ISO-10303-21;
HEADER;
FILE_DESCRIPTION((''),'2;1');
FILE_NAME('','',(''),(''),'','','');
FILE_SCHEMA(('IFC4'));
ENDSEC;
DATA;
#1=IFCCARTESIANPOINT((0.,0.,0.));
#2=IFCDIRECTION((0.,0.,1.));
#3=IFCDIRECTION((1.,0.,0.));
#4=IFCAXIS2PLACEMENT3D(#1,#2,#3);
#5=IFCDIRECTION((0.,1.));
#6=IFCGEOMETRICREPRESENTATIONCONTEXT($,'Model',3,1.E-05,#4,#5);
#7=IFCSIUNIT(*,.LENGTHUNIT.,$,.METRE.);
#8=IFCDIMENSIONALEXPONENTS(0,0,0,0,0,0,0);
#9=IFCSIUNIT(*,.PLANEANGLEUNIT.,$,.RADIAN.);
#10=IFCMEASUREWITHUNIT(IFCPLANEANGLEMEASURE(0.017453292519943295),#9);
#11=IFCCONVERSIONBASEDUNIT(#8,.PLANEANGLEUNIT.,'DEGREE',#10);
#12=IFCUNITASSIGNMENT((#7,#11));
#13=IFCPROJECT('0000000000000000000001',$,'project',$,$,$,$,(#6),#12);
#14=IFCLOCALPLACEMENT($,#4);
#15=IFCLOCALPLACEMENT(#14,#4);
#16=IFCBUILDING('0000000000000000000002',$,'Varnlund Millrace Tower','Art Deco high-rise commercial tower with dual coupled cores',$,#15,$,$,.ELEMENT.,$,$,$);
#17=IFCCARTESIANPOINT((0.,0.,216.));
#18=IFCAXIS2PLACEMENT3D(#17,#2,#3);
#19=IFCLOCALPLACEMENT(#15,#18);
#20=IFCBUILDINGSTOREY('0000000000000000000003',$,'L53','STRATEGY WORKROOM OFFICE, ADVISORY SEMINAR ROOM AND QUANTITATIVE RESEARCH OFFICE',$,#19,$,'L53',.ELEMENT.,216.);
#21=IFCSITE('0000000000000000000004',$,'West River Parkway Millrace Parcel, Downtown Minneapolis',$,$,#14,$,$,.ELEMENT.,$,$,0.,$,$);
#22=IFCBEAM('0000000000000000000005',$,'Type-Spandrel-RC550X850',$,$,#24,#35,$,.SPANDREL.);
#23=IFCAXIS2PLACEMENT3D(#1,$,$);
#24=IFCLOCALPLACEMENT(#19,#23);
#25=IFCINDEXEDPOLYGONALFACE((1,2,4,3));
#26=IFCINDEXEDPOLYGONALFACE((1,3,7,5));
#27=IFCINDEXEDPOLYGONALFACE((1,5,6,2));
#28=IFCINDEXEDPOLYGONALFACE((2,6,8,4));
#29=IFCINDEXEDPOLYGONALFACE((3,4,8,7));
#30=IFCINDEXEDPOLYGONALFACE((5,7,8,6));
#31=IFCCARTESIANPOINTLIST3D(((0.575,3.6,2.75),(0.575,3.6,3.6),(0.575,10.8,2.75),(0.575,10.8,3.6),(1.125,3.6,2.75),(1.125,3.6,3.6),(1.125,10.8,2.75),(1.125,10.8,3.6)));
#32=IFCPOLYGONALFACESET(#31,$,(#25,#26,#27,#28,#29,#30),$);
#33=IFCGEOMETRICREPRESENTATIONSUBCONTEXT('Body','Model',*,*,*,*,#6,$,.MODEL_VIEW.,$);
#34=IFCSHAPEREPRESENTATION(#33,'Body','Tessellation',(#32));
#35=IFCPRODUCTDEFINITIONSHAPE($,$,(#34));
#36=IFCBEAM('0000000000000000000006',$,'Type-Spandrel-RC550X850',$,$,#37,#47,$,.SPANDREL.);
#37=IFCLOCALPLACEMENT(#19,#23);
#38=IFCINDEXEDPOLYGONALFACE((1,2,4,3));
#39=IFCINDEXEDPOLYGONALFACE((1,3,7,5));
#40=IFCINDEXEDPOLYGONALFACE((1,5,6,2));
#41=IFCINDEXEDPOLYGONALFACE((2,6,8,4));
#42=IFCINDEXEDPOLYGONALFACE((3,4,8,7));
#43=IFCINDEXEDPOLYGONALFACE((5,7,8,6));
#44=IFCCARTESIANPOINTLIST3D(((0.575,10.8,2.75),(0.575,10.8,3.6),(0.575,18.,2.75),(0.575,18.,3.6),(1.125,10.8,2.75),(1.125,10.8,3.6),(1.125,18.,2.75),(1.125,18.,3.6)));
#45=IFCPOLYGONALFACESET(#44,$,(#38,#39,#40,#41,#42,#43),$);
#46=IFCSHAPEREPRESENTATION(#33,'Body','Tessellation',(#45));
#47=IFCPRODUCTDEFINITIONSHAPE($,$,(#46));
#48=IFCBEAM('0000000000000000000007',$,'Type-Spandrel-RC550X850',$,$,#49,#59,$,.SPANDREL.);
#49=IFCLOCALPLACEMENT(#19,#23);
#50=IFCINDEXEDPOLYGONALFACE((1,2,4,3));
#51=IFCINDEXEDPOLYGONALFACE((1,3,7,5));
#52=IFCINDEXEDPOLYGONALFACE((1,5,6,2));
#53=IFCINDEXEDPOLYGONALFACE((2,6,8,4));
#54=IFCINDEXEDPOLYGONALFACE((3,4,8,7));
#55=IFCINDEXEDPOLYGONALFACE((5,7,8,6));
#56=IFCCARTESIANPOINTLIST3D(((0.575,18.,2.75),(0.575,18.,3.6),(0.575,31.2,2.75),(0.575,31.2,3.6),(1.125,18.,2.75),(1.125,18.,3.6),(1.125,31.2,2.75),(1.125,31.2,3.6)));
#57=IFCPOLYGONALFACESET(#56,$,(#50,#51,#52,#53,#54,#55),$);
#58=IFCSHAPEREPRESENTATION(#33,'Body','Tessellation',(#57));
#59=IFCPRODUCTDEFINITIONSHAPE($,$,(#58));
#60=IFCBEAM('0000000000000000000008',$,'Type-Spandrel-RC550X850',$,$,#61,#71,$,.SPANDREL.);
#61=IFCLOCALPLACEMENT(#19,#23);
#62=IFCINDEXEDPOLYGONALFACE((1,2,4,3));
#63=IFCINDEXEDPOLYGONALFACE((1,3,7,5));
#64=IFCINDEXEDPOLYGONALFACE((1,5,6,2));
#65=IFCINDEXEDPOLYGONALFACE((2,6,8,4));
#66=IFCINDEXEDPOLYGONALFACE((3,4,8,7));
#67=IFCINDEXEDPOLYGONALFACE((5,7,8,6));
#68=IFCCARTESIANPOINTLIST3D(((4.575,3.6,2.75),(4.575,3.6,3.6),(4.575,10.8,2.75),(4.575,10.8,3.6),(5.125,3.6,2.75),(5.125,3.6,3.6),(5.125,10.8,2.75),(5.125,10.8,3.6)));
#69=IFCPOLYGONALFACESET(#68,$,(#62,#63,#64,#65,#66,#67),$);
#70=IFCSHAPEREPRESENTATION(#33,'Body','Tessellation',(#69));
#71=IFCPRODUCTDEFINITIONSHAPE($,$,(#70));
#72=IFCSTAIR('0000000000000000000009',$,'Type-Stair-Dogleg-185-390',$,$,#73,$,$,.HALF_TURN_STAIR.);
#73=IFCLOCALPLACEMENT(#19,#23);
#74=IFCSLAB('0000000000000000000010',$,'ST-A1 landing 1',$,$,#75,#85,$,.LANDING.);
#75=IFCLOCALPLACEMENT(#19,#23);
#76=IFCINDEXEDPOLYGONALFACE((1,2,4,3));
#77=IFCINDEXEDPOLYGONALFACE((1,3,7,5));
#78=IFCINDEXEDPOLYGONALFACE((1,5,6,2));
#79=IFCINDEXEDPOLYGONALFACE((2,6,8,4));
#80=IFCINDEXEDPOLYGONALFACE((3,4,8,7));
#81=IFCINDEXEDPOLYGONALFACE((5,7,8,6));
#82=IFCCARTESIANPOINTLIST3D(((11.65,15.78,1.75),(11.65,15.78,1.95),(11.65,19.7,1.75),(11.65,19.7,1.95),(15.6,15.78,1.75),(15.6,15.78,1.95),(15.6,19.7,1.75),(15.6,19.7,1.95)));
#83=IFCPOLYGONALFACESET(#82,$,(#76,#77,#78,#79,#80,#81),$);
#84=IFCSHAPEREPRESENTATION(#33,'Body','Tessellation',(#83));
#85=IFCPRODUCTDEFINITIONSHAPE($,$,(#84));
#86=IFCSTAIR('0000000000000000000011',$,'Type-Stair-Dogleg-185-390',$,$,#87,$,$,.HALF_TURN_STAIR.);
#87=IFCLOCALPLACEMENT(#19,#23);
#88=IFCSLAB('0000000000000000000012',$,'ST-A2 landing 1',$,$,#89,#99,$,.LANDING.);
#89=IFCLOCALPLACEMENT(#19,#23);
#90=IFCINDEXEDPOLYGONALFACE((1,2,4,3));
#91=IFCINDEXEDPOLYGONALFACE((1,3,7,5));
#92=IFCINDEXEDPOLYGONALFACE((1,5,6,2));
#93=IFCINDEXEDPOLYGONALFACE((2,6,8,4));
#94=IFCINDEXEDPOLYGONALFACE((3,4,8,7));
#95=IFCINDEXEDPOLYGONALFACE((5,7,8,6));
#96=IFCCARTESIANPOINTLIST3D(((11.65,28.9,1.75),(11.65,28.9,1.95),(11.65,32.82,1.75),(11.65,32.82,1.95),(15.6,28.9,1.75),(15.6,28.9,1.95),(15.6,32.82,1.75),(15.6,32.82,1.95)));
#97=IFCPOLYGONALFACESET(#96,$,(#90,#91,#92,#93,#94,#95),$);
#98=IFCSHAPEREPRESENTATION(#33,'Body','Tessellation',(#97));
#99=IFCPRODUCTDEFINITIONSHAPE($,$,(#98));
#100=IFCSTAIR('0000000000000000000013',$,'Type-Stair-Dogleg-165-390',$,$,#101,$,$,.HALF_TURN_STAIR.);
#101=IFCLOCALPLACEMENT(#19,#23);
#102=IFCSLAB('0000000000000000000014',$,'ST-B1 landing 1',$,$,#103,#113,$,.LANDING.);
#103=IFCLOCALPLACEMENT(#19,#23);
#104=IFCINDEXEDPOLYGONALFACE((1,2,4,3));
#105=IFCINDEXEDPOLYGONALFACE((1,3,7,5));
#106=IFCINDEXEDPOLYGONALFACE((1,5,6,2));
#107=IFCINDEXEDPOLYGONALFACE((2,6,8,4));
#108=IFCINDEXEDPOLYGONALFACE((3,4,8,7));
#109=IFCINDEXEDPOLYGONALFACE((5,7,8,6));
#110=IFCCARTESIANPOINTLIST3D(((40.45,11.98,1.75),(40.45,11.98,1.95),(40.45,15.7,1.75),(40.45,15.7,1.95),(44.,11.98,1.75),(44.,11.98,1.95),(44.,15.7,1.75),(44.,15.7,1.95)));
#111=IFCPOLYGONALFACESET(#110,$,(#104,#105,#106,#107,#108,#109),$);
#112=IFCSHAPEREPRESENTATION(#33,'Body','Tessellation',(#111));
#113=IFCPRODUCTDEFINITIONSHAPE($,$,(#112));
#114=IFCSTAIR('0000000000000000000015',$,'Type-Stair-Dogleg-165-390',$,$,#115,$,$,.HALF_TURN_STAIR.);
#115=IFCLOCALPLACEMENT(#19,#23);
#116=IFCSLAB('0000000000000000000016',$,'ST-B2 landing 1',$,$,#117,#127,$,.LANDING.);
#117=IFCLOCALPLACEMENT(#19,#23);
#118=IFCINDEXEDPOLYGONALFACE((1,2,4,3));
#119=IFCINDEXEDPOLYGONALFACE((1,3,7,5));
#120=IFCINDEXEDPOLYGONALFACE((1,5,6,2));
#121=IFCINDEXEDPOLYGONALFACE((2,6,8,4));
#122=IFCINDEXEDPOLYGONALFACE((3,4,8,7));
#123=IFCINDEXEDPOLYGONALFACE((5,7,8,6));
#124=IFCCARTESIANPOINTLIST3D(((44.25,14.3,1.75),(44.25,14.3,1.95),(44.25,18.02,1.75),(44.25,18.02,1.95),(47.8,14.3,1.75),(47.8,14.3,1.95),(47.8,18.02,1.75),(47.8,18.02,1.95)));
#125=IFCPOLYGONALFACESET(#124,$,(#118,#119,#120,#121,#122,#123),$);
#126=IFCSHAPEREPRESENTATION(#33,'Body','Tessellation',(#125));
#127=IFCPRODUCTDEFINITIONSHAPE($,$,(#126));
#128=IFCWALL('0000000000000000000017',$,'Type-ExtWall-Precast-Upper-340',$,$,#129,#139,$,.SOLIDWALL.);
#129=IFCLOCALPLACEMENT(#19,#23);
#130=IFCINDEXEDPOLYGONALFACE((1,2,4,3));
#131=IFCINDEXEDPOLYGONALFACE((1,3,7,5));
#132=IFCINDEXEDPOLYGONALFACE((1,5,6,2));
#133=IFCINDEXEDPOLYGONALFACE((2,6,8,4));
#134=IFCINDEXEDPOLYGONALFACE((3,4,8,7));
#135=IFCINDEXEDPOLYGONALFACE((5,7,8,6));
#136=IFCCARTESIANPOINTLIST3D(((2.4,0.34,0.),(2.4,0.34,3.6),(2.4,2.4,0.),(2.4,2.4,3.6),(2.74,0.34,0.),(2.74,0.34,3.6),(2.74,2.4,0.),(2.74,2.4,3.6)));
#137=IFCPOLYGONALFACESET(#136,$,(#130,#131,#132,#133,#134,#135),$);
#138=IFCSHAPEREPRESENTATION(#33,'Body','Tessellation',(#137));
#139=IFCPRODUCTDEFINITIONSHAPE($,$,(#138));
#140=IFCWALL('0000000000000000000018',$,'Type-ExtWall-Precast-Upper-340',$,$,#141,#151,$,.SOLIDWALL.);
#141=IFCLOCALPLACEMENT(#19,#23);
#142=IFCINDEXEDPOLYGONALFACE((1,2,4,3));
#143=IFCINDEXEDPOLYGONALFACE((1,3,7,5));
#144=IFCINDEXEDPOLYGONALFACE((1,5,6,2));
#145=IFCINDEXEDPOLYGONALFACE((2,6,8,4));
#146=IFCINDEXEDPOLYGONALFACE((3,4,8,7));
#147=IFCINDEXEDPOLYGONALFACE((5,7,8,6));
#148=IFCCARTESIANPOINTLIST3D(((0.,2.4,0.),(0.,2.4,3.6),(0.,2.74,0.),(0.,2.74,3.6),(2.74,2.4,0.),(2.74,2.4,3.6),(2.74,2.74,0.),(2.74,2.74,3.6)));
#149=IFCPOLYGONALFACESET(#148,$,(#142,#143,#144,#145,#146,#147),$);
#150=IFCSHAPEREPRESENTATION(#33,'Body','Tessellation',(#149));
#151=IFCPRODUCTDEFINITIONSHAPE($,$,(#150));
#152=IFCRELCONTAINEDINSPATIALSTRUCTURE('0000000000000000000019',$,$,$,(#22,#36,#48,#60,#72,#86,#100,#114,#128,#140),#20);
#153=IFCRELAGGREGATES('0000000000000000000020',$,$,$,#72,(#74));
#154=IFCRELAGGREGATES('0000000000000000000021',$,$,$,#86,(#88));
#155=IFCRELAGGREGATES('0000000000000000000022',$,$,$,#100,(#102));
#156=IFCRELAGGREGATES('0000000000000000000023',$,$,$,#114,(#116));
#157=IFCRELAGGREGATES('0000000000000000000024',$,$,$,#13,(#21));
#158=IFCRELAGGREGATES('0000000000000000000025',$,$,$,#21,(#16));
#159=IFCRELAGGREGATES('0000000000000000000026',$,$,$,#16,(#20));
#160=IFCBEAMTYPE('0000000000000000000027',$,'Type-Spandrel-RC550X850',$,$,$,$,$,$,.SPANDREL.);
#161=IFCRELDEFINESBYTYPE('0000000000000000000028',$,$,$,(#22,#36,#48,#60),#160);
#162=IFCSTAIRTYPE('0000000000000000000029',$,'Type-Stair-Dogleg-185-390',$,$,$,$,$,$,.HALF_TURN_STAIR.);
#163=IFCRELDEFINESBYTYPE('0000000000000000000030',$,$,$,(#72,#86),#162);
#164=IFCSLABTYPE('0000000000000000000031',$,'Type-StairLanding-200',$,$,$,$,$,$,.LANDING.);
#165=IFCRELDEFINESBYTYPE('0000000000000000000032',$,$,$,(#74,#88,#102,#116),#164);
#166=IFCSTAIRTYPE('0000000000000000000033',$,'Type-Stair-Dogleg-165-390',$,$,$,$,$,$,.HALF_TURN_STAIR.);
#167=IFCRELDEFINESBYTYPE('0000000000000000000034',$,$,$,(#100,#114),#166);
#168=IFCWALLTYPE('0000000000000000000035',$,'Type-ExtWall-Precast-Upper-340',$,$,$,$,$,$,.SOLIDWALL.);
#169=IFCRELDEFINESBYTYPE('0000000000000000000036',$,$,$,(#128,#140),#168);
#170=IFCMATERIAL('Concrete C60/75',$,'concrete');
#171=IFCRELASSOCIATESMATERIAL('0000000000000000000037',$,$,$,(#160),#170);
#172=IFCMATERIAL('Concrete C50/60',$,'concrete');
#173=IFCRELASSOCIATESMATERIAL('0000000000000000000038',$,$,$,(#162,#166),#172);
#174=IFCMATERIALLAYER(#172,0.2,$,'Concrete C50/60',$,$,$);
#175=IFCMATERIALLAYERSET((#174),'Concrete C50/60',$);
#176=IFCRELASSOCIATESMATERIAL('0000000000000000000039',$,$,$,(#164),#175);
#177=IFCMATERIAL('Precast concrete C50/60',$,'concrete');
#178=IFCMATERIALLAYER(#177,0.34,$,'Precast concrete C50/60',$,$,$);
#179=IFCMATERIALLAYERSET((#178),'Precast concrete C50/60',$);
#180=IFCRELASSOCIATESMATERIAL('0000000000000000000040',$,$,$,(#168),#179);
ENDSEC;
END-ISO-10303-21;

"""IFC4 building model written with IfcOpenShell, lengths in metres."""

from ifc_helpers import new_model, entity, si_unit, converted_unit, direction, frame, origin_with_axes, origin_2d_with_axis, place, context, subcontext, project, spatial, polyline, rectangle, outline, extrude, material, layer, layer_set, material_profile, profile_set, type_object, element, aggregate, save


model = new_model("IFC4")

# Units and contexts
model_context = context("Model", 3, precision=1e-05, world=origin_with_axes(), true_north=direction((0.0, 1.0)))
body_context = subcontext(model_context, "Body", "Model", "MODEL_VIEW")
ifc_project = project(units=[si_unit("LENGTHUNIT", "METRE"), converted_unit("PLANEANGLEUNIT", "DEGREE", entity("IfcPlaneAngleMeasure", 0.017453292519943295), si_unit("PLANEANGLEUNIT", "RADIAN"), dimensions=[0, 0, 0, 0, 0, 0, 0])], contexts=[model_context])

# Site, building, storey
site_placement = place(None, origin_with_axes())
site = spatial("IfcSite", under=ifc_project, at=site_placement, Name="West River Parkway Millrace Parcel, Downtown Minneapolis", CompositionType="ELEMENT", RefElevation=0.0)
building_placement = place(site_placement, origin_with_axes())
building = spatial("IfcBuilding", under=site, at=building_placement, Name="Varnlund Millrace Tower", Description="Art Deco high-rise commercial tower with dual coupled cores", CompositionType="ELEMENT")
storey_placement = place(building_placement, frame((0.0, 0.0, 216.0), z_axis=(0.0, 0.0, 1.0), x_axis=(1.0, 0.0, 0.0)))
storey = spatial("IfcBuildingStorey", under=building, at=storey_placement, Name="L53", Description="STRATEGY WORKROOM OFFICE, ADVISORY SEMINAR ROOM AND QUANTITATIVE RESEARCH OFFICE", LongName="L53", CompositionType="ELEMENT", Elevation=216.0)

# Beams
ifc_material_1 = material(Name="Concrete C60/75", Category="concrete")
ifc_material_profile_1 = material_profile(ifc_material_1, rectangle(XDim=0.55, YDim=0.85, at=origin_2d_with_axis()), Name="Concrete C60/75")
ifc_profile_set_1 = profile_set([ifc_material_profile_1], Name="Concrete C60/75")
beam_type_1 = type_object("IfcBeamType", Name="Type-Spandrel-RC550X850", PredefinedType="SPANDREL", material=ifc_profile_set_1)
for number, where, z_axis, x_axis, name in (
    (1, (0.85, 3.6, 3.175), (0.0, 1.0, 0.0), (-1.0, 0.0, 0.0), "Type-Spandrel-RC550X850"),
    (2, (0.85, 10.8, 3.175), (0.0, 1.0, 0.0), (-1.0, 0.0, 0.0), "Type-Spandrel-RC550X850"),
):
    element("IfcBeam", number, at=place(storey_placement, frame(where, z_axis=z_axis, x_axis=x_axis)), inside=storey, type_object=beam_type_1, Name=name, PredefinedType="SPANDREL", context=body_context, shape_type="SweptSolid", body=[
        extrude(rectangle(XDim=0.55, YDim=0.85, at=origin_2d_with_axis()), origin_with_axes(), (0.0, 0.0, 1.0), 7.2),
    ])
beam_1_placement = place(storey_placement, frame((0.85, 18.0, 3.175), z_axis=(0.0, 1.0, 0.0), x_axis=(-1.0, 0.0, 0.0)))
element("IfcBeam", 3, at=beam_1_placement, inside=storey, type_object=beam_type_1, Name="Type-Spandrel-RC550X850", PredefinedType="SPANDREL", context=body_context, shape_type="SweptSolid", body=[
    extrude(rectangle(XDim=0.55, YDim=0.85, at=origin_2d_with_axis()), origin_with_axes(), (0.0, 0.0, 1.0), 13.2),
])
beam_2_placement = place(storey_placement, frame((4.85, 3.6, 3.175), z_axis=(0.0, 1.0, 0.0), x_axis=(-1.0, 0.0, 0.0)))
element("IfcBeam", 4, at=beam_2_placement, inside=storey, type_object=beam_type_1, Name="Type-Spandrel-RC550X850", PredefinedType="SPANDREL", context=body_context, shape_type="SweptSolid", body=[
    extrude(rectangle(XDim=0.55, YDim=0.85, at=origin_2d_with_axis()), origin_with_axes(), (0.0, 0.0, 1.0), 7.2),
])

# Stairs, slabs
ifc_material_2 = material(Name="Concrete C50/60", Category="concrete")
stair_type_1 = type_object("IfcStairType", Name="Type-Stair-Dogleg-185-390", PredefinedType="HALF_TURN_STAIR", material=ifc_material_2)
stair_1_placement = place(storey_placement, origin_with_axes())
stair_1 = element("IfcStair", 5, at=stair_1_placement, inside=storey, type_object=stair_type_1, Name="Type-Stair-Dogleg-185-390", PredefinedType="HALF_TURN_STAIR")
ifc_layer_1 = layer(ifc_material_2, 0.2, Name="Concrete C50/60")
ifc_layer_set_1 = layer_set([ifc_layer_1], Name="Concrete C50/60")
slab_type = type_object("IfcSlabType", Name="Type-StairLanding-200", PredefinedType="LANDING", material=ifc_layer_set_1)
slab_1_placement = place(storey_placement, frame((0.0, 0.0, 1.75), z_axis=(0.0, 0.0, 1.0), x_axis=(1.0, 0.0, 0.0)))
slab_1 = element("IfcSlab", 6, at=slab_1_placement, type_object=slab_type, Name="ST-A1 landing 1", PredefinedType="LANDING", context=body_context, shape_type="SweptSolid", body=[
    extrude(outline(polyline([(15.6, 15.78), (15.6, 19.7), (11.65, 19.7), (11.65, 15.78), (15.6, 15.78)])), origin_with_axes(), (0.0, 0.0, 1.0), 0.2),
])
aggregate(stair_1, [slab_1])
stair_2_placement = place(storey_placement, origin_with_axes())
stair_2 = element("IfcStair", 7, at=stair_2_placement, inside=storey, type_object=stair_type_1, Name="Type-Stair-Dogleg-185-390", PredefinedType="HALF_TURN_STAIR")
slab_2_placement = place(storey_placement, frame((0.0, 0.0, 1.75), z_axis=(0.0, 0.0, 1.0), x_axis=(1.0, 0.0, 0.0)))
slab_2 = element("IfcSlab", 8, at=slab_2_placement, type_object=slab_type, Name="ST-A2 landing 1", PredefinedType="LANDING", context=body_context, shape_type="SweptSolid", body=[
    extrude(outline(polyline([(11.65, 32.82), (11.65, 28.9), (15.6, 28.9), (15.6, 32.82), (11.65, 32.82)])), origin_with_axes(), (0.0, 0.0, 1.0), 0.2),
])
aggregate(stair_2, [slab_2])
stair_type_2 = type_object("IfcStairType", Name="Type-Stair-Dogleg-165-390", PredefinedType="HALF_TURN_STAIR", material=ifc_material_2)
stair_3_placement = place(storey_placement, origin_with_axes())
stair_3 = element("IfcStair", 9, at=stair_3_placement, inside=storey, type_object=stair_type_2, Name="Type-Stair-Dogleg-165-390", PredefinedType="HALF_TURN_STAIR")
slab_3_placement = place(storey_placement, frame((0.0, 0.0, 1.75), z_axis=(0.0, 0.0, 1.0), x_axis=(1.0, 0.0, 0.0)))
slab_3 = element("IfcSlab", 10, at=slab_3_placement, type_object=slab_type, Name="ST-B1 landing 1", PredefinedType="LANDING", context=body_context, shape_type="SweptSolid", body=[
    extrude(outline(polyline([(44.0, 11.98), (44.0, 15.7), (40.45, 15.7), (40.45, 11.98), (44.0, 11.98)])), origin_with_axes(), (0.0, 0.0, 1.0), 0.2),
])
aggregate(stair_3, [slab_3])
stair_4_placement = place(storey_placement, origin_with_axes())
stair_4 = element("IfcStair", 11, at=stair_4_placement, inside=storey, type_object=stair_type_2, Name="Type-Stair-Dogleg-165-390", PredefinedType="HALF_TURN_STAIR")
slab_4_placement = place(storey_placement, frame((0.0, 0.0, 1.75), z_axis=(0.0, 0.0, 1.0), x_axis=(1.0, 0.0, 0.0)))
slab_4 = element("IfcSlab", 12, at=slab_4_placement, type_object=slab_type, Name="ST-B2 landing 1", PredefinedType="LANDING", context=body_context, shape_type="SweptSolid", body=[
    extrude(outline(polyline([(44.25, 18.02), (44.25, 14.3), (47.8, 14.3), (47.8, 18.02), (44.25, 18.02)])), origin_with_axes(), (0.0, 0.0, 1.0), 0.2),
])
aggregate(stair_4, [slab_4])

# Walls
ifc_material_3 = material(Name="Precast concrete C50/60", Category="concrete")
ifc_layer_2 = layer(ifc_material_3, 0.34, Name="Precast concrete C50/60")
ifc_layer_set_2 = layer_set([ifc_layer_2], Name="Precast concrete C50/60")
wall_type = type_object("IfcWallType", Name="Type-ExtWall-Precast-Upper-340", PredefinedType="SOLIDWALL", material=ifc_layer_set_2)
wall_1_placement = place(storey_placement, frame((2.57, 0.34, 0.0), z_axis=(0.0, 0.0, 1.0), x_axis=(0.0, 1.0, 0.0)))
element("IfcWall", 13, at=wall_1_placement, inside=storey, type_object=wall_type, Name="Type-ExtWall-Precast-Upper-340", PredefinedType="SOLIDWALL", context=body_context, shape_type="SweptSolid", body=[
    extrude(outline(polyline([(0.0, -0.17), (2.06, -0.17), (2.06, 0.17), (0.0, 0.17), (0.0, -0.17)])), origin_with_axes(), (0.0, 0.0, 1.0), 3.6),
])
wall_2_placement = place(storey_placement, frame((2.74, 2.57, 0.0), z_axis=(0.0, 0.0, 1.0), x_axis=(-1.0, 0.0, 0.0)))
element("IfcWall", 14, at=wall_2_placement, inside=storey, type_object=wall_type, Name="Type-ExtWall-Precast-Upper-340", PredefinedType="SOLIDWALL", context=body_context, shape_type="SweptSolid", body=[
    extrude(outline(polyline([(0.0, -0.17), (2.74, -0.17), (2.74, 0.17), (0.0, 0.17), (0.0, -0.17)])), origin_with_axes(), (0.0, 0.0, 1.0), 3.6),
])

save(model, "model.ifc")
